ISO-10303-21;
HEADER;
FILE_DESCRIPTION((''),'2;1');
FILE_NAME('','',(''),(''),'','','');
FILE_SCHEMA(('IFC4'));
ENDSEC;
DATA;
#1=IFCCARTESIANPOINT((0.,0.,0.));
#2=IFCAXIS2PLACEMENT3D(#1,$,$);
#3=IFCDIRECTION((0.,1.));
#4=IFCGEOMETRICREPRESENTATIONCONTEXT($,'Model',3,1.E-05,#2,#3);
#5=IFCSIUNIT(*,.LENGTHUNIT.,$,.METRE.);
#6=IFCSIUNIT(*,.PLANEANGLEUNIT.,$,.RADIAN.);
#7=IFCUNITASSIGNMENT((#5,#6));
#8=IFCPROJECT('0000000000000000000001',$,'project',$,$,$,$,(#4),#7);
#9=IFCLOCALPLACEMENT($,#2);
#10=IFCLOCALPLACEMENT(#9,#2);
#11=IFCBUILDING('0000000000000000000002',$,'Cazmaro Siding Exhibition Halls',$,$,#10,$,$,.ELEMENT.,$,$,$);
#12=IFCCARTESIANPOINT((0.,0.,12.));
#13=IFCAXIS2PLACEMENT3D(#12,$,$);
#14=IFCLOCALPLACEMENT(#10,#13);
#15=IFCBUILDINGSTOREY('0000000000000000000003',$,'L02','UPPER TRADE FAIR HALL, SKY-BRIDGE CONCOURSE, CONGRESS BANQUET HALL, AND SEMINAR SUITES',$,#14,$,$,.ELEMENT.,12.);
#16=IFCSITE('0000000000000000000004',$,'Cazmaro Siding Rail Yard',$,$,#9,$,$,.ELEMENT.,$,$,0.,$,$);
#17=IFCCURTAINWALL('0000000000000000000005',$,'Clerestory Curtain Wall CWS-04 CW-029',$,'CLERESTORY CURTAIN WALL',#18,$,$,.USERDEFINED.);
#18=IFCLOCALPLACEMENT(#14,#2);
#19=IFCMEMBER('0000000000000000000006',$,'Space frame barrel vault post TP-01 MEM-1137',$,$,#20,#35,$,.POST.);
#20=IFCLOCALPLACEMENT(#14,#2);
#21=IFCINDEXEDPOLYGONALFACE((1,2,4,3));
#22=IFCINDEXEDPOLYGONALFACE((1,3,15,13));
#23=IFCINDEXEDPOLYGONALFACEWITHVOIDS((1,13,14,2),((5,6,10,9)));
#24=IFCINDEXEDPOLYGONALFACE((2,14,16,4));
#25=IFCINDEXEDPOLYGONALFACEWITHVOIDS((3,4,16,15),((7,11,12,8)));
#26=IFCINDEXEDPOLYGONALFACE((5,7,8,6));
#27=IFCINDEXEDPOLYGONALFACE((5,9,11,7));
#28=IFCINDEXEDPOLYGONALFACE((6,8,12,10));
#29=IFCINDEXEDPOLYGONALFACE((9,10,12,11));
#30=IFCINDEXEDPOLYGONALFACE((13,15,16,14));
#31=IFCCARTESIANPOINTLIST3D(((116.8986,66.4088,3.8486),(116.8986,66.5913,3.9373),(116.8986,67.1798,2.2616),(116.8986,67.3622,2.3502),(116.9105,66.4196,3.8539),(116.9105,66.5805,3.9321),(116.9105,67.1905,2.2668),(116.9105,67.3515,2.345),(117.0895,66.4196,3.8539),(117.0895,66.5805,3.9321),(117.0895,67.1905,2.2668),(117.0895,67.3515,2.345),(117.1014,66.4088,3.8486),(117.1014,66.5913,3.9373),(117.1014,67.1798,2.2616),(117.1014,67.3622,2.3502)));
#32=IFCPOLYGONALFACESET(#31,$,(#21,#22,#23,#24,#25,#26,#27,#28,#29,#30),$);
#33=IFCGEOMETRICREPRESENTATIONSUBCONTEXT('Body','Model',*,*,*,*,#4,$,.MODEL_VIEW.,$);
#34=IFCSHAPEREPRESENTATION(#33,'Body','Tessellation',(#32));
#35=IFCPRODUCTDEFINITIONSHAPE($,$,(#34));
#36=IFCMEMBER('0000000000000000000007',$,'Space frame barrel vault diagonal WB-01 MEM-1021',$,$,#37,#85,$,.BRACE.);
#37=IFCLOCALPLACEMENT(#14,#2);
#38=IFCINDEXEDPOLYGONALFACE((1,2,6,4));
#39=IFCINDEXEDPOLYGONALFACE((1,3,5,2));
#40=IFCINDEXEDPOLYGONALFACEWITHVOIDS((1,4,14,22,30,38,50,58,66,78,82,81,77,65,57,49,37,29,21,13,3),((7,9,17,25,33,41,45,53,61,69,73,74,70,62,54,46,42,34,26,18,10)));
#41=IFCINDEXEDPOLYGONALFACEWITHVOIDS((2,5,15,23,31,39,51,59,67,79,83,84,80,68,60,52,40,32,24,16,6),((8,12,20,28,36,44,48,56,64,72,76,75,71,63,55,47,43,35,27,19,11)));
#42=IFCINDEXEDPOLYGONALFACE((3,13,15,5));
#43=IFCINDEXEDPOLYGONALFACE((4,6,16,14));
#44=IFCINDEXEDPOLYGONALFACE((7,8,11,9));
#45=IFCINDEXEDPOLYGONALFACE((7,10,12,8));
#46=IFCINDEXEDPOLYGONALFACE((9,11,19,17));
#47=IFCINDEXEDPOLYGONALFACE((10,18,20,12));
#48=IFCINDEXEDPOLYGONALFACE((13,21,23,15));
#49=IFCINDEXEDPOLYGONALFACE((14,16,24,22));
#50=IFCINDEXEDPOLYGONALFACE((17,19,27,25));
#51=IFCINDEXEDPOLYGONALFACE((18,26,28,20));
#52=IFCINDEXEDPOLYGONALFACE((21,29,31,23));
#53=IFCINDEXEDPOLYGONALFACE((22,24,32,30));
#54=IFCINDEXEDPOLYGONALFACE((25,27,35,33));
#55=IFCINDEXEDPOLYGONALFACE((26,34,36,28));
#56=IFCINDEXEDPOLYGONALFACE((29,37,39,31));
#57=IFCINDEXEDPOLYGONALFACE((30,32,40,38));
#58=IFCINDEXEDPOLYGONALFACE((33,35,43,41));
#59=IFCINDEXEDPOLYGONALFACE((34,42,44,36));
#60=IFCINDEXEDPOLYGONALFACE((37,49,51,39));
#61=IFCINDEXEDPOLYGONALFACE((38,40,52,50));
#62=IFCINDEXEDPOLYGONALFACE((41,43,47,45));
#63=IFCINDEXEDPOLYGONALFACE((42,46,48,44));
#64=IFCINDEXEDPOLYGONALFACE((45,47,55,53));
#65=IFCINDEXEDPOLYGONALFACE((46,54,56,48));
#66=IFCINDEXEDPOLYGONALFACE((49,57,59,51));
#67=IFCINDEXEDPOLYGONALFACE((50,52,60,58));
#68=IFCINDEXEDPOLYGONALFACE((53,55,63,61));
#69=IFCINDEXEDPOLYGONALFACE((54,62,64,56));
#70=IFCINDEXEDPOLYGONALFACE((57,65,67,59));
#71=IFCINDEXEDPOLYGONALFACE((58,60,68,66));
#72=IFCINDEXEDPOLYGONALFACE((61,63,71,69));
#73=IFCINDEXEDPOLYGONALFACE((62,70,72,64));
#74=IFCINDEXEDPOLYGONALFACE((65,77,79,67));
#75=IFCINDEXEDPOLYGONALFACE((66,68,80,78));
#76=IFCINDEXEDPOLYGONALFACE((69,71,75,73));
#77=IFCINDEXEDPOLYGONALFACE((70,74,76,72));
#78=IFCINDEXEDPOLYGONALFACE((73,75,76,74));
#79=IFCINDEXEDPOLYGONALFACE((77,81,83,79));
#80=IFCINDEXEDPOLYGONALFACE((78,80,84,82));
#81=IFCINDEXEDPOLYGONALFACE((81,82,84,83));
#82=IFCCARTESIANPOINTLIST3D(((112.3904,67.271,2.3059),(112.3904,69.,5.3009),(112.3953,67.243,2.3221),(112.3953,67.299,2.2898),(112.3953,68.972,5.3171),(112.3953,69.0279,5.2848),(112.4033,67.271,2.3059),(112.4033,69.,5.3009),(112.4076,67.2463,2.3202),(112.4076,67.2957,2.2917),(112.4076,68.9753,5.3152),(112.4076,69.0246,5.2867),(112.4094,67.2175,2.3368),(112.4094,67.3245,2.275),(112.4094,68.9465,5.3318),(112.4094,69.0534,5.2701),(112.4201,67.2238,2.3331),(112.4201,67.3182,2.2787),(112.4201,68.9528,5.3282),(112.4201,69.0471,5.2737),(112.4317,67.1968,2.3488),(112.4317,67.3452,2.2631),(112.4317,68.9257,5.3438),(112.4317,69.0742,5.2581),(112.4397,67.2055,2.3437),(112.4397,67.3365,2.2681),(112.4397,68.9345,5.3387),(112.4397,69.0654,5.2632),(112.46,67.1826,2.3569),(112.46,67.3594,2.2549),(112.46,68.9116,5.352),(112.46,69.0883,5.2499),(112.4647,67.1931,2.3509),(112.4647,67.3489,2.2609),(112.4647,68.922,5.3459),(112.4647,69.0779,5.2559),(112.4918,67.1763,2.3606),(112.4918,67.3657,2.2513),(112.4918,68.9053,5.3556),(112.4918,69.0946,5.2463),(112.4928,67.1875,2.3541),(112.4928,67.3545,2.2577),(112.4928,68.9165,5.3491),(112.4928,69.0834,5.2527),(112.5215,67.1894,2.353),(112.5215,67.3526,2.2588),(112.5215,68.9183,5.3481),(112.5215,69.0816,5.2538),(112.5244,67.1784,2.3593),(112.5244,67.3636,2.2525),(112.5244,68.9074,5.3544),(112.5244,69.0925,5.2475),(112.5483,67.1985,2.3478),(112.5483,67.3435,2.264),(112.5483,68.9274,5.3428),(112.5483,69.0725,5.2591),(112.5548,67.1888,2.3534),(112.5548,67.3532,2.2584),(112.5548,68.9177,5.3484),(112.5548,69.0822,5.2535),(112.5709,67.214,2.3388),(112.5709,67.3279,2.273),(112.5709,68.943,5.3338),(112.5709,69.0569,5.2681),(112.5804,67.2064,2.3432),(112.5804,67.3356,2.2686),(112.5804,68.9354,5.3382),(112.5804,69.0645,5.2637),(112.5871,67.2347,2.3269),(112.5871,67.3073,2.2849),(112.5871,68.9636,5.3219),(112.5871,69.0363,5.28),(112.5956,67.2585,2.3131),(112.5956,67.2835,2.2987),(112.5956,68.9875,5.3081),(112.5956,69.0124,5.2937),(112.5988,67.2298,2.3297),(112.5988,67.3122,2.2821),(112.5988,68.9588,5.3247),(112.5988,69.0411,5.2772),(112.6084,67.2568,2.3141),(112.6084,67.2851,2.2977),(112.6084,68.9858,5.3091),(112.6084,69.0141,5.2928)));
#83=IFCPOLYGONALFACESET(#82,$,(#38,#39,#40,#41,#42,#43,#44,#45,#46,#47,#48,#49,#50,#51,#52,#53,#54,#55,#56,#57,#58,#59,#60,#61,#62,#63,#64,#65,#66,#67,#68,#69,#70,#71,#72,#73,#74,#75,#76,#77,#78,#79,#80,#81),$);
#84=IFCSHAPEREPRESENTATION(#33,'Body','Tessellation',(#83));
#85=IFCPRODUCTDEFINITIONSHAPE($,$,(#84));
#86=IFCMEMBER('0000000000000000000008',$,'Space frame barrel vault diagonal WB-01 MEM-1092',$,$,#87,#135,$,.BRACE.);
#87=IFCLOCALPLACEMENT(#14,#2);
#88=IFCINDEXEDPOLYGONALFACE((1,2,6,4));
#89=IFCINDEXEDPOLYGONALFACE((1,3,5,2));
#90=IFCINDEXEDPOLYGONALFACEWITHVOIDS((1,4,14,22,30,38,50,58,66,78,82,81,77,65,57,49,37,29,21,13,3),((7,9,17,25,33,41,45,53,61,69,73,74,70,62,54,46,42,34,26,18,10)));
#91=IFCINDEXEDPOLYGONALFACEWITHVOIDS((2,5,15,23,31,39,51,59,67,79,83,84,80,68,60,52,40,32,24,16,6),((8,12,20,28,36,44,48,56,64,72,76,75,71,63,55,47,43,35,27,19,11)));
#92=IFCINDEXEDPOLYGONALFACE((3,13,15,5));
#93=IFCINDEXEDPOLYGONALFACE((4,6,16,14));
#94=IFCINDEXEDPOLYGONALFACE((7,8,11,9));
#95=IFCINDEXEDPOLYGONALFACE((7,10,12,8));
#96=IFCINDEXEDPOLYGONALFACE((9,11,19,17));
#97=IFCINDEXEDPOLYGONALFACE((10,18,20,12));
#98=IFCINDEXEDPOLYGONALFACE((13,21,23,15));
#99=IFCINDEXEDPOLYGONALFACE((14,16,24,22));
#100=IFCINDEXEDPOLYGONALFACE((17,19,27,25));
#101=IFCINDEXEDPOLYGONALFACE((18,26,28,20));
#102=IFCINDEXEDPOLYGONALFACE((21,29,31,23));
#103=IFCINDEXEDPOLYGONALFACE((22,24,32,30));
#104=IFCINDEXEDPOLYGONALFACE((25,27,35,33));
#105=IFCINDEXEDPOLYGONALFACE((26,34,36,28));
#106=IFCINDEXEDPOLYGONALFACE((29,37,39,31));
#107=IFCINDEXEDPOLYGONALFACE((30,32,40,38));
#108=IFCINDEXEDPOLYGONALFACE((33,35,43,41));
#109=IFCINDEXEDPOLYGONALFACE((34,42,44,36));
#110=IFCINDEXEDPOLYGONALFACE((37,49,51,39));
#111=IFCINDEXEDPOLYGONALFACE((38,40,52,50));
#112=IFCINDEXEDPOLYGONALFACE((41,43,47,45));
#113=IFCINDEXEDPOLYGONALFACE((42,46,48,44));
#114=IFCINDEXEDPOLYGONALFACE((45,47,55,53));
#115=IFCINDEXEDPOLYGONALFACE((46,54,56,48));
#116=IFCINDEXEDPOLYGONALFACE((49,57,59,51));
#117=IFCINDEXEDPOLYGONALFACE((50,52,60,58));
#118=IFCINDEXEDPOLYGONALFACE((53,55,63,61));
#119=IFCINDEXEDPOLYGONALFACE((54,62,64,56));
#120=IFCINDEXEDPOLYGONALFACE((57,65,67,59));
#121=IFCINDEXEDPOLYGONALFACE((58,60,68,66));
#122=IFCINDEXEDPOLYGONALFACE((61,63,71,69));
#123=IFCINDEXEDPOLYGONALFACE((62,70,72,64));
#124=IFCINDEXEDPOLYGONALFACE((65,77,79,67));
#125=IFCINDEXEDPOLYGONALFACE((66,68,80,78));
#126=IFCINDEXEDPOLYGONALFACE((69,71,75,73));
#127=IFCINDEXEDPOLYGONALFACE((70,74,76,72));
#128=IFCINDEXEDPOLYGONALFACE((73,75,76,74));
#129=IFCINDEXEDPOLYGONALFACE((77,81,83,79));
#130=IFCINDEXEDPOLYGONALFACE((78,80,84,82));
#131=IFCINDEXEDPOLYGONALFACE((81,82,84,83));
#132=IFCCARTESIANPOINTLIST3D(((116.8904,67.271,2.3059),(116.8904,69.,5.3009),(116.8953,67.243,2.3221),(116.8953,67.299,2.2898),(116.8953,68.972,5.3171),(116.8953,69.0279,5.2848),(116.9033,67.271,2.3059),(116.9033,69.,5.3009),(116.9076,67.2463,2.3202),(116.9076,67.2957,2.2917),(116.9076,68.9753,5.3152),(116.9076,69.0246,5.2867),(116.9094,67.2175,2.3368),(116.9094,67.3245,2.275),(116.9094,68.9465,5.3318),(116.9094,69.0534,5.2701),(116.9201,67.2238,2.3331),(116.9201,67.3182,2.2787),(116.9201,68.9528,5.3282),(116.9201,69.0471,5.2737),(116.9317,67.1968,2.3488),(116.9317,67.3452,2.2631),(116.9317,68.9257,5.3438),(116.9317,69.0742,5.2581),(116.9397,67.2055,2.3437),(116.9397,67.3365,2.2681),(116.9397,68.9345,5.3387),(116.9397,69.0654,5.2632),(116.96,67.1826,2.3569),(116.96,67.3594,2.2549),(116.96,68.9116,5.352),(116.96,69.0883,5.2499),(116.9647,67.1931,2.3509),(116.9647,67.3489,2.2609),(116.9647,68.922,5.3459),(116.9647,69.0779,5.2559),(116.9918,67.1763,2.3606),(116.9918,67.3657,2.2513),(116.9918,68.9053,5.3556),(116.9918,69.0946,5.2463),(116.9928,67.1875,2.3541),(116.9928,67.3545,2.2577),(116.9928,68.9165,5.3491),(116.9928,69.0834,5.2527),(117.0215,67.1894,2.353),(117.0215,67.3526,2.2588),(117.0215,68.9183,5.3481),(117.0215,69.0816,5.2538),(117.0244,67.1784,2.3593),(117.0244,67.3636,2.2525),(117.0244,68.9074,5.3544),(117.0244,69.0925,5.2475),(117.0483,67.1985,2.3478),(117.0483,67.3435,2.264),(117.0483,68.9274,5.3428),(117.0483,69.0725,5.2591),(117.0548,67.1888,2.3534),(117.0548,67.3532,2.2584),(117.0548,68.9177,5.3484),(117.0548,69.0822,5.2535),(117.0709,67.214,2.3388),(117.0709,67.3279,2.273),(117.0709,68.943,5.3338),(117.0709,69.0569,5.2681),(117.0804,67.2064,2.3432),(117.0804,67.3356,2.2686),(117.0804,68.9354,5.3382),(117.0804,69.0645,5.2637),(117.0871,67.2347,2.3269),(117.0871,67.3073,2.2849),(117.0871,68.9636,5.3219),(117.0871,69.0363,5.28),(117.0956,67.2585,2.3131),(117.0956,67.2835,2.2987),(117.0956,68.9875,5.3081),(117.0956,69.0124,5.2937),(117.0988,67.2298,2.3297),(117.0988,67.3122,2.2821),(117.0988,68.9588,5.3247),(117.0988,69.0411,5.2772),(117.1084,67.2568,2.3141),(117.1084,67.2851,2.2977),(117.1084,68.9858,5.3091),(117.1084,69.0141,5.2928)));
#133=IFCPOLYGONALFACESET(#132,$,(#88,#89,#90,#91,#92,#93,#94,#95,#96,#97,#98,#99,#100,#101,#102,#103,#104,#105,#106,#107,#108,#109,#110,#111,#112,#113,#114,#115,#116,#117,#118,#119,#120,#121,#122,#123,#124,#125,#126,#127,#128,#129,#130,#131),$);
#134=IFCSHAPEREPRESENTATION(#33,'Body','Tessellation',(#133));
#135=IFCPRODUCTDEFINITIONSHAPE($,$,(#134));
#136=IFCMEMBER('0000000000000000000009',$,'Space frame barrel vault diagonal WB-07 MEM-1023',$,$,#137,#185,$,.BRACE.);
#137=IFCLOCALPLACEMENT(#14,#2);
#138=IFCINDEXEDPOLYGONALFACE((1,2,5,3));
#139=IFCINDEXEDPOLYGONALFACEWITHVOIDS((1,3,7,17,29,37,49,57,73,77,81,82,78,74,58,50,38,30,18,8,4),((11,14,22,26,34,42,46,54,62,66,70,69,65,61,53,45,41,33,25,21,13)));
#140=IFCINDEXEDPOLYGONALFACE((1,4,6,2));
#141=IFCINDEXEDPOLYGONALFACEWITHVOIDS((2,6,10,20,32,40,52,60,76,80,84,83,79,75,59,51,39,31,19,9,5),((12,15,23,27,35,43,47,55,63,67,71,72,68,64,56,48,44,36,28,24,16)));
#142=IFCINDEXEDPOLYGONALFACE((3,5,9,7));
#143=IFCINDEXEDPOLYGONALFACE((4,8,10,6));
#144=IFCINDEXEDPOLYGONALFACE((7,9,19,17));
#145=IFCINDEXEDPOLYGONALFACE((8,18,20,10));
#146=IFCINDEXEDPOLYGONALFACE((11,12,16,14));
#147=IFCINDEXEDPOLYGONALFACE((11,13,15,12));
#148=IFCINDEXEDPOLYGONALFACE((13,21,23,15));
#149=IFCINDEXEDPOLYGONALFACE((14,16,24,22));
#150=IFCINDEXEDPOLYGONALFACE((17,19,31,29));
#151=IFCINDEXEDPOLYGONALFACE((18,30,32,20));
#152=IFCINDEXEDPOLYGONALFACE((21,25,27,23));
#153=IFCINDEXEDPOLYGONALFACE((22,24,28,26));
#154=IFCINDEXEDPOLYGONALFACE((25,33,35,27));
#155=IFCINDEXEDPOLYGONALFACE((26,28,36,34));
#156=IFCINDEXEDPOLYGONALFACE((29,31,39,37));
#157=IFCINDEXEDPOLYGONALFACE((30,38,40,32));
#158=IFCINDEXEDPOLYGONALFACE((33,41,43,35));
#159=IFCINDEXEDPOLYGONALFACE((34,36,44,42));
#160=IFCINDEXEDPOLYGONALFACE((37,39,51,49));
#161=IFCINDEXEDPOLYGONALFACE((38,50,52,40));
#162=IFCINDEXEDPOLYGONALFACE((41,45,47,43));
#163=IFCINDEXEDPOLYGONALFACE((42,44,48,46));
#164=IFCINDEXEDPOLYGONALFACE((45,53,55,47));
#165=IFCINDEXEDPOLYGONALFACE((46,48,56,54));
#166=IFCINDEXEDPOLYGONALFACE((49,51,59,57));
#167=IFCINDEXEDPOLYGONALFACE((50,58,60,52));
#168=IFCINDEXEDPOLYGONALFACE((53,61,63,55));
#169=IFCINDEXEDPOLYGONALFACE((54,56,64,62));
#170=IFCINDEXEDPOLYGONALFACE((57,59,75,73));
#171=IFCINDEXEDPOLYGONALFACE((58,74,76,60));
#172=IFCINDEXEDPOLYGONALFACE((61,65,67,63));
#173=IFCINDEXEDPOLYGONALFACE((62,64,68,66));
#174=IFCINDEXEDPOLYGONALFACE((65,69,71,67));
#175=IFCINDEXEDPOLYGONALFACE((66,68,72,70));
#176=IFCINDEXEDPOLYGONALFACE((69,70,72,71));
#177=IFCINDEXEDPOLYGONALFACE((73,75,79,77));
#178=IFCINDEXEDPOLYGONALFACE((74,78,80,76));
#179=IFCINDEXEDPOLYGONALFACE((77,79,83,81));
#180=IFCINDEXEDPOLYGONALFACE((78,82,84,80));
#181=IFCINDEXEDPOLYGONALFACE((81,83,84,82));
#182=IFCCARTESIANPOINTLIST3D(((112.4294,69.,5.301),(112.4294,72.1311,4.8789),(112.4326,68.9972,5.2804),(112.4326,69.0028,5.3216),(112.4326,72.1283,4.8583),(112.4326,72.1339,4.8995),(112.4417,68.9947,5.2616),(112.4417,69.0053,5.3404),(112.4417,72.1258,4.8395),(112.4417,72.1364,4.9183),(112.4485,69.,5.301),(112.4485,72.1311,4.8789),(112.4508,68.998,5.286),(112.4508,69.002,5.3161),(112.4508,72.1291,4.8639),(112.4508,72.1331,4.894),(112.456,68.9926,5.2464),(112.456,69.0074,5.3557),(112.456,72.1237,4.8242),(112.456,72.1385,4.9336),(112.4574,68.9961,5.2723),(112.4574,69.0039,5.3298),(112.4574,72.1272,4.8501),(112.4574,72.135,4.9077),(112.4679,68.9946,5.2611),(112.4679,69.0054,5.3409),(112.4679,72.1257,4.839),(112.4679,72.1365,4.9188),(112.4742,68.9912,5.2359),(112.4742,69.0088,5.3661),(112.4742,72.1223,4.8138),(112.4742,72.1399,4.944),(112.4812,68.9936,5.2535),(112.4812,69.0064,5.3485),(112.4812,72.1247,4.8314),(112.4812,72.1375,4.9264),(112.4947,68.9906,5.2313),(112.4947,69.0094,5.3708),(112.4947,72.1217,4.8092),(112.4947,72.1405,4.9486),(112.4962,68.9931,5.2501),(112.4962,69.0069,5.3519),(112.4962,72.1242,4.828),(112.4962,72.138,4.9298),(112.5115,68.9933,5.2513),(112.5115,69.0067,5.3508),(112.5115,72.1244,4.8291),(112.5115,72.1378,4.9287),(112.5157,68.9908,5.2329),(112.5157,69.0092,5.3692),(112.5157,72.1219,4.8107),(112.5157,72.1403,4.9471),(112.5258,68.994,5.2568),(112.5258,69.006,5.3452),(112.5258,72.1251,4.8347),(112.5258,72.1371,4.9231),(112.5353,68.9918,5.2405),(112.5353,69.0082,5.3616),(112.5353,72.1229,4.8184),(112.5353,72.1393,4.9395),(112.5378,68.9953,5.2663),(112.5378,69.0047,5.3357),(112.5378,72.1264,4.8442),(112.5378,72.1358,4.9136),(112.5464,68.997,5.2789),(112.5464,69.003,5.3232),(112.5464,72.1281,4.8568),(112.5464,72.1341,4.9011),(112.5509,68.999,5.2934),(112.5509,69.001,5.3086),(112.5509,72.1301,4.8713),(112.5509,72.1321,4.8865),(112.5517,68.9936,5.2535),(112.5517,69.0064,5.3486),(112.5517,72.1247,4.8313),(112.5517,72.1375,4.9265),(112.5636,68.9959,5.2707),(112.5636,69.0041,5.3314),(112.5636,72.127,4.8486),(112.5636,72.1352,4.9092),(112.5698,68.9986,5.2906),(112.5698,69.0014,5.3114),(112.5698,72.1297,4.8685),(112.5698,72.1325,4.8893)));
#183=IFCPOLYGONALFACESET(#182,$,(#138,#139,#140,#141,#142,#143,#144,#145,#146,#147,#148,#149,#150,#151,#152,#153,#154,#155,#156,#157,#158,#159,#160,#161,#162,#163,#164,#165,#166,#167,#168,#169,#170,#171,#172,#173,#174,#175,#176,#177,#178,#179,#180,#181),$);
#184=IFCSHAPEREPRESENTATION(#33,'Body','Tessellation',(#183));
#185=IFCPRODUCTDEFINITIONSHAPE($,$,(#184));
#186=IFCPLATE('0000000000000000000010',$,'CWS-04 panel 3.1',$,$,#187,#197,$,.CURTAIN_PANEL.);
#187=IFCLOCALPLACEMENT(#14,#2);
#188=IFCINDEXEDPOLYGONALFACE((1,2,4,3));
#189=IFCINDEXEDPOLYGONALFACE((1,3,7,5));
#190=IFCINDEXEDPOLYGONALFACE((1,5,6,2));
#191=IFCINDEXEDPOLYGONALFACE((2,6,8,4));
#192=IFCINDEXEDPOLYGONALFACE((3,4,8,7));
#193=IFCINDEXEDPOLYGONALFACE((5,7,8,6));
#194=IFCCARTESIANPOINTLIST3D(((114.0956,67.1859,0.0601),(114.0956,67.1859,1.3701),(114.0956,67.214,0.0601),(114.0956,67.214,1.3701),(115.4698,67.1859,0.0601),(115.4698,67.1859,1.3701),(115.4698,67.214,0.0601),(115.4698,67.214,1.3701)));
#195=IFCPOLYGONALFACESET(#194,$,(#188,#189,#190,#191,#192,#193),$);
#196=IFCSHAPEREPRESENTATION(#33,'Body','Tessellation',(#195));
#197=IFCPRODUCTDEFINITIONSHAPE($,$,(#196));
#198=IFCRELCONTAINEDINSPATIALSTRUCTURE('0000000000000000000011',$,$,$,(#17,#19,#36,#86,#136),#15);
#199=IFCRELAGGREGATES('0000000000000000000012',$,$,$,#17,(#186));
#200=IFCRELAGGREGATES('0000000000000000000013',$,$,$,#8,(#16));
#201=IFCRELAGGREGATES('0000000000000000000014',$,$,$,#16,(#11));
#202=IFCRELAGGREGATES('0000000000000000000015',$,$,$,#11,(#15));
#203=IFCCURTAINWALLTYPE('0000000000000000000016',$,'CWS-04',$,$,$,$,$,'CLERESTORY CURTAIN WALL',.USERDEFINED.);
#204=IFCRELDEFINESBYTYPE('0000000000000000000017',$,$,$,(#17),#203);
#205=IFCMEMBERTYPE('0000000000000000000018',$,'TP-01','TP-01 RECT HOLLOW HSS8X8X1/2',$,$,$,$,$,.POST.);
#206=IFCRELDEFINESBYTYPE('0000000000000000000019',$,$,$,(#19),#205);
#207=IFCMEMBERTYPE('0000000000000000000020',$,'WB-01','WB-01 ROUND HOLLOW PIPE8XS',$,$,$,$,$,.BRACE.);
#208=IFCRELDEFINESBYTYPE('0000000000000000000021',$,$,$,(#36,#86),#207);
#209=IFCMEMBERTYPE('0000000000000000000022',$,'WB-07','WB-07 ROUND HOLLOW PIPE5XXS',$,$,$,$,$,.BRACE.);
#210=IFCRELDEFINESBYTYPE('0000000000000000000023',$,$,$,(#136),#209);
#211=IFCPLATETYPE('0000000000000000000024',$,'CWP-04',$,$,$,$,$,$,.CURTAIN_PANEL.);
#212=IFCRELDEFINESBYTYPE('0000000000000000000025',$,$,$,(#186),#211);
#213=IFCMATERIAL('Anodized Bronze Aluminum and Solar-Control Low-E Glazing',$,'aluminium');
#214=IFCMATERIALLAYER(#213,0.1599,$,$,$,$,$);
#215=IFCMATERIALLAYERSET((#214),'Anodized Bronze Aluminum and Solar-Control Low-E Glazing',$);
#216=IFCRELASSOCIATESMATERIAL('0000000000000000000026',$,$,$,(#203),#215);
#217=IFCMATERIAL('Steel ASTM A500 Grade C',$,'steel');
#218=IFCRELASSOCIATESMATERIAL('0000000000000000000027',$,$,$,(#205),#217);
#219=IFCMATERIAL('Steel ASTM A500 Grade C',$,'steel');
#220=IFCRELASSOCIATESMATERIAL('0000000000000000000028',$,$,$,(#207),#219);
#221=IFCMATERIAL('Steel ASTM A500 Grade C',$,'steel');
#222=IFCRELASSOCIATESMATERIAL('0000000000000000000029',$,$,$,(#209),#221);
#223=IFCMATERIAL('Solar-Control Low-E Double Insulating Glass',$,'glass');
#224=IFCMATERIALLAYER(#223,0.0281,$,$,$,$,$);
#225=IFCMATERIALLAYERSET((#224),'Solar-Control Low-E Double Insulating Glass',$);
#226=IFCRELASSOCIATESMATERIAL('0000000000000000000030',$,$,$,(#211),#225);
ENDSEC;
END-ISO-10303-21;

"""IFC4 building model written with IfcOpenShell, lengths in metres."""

from ifc_helpers import new_model, si_unit, direction, frame, origin, origin_2d, place, context, subcontext, project, spatial, rectangle, hollow_rectangle, hollow_circle, extrude, material, layer, layer_set, material_profile, profile_set, type_object, element, aggregate, save


model = new_model("IFC4")

# Units and contexts
model_context = context("Model", 3, precision=1e-05, world=origin(), true_north=direction((0.0, 1.0)))
body_context = subcontext(model_context, "Body", "Model", "MODEL_VIEW")
ifc_project = project(units=[si_unit("LENGTHUNIT", "METRE"), si_unit("PLANEANGLEUNIT", "RADIAN")], contexts=[model_context])

# Site, building, storey
site_placement = place(None, origin())
site = spatial("IfcSite", under=ifc_project, at=site_placement, Name="Cazmaro Siding Rail Yard", CompositionType="ELEMENT", RefElevation=0.0)
building_placement = place(site_placement, origin())
building = spatial("IfcBuilding", under=site, at=building_placement, Name="Cazmaro Siding Exhibition Halls", CompositionType="ELEMENT")
storey_placement = place(building_placement, frame((0.0, 0.0, 12.0)))
storey = spatial("IfcBuildingStorey", under=building, at=storey_placement, Name="L02", Description="UPPER TRADE FAIR HALL, SKY-BRIDGE CONCOURSE, CONGRESS BANQUET HALL, AND SEMINAR SUITES", CompositionType="ELEMENT", Elevation=12.0)

# Curtain wall
ifc_material_1 = material(Name="Anodized Bronze Aluminum and Solar-Control Low-E Glazing", Category="aluminium")
ifc_layer_1 = layer(ifc_material_1, 0.1599)
ifc_layer_set_1 = layer_set([ifc_layer_1], Name="Anodized Bronze Aluminum and Solar-Control Low-E Glazing")
curtain_wall_type = type_object("IfcCurtainWallType", Name="CWS-04", ElementType="CLERESTORY CURTAIN WALL", PredefinedType="USERDEFINED", material=ifc_layer_set_1)
curtain_wall_1_placement = place(storey_placement, origin())
curtain_wall_1 = element("IfcCurtainWall", 1, at=curtain_wall_1_placement, inside=storey, type_object=curtain_wall_type, Name="Clerestory Curtain Wall CWS-04 CW-029", ObjectType="CLERESTORY CURTAIN WALL", PredefinedType="USERDEFINED")

# Members
ifc_material_2 = material(Name="Steel ASTM A500 Grade C", Category="steel")
ifc_material_profile_1 = material_profile(ifc_material_2, hollow_rectangle(XDim=0.2029, YDim=0.2029, WallThickness=0.012, at=origin_2d()), Name="HSS8X8X1/2")
ifc_profile_set_1 = profile_set([ifc_material_profile_1], Name="Steel ASTM A500 Grade C")
member_type_1 = type_object("IfcMemberType", Name="TP-01", Description="TP-01 RECT HOLLOW HSS8X8X1/2", PredefinedType="POST", material=ifc_profile_set_1)
for number, where, z_axis, x_axis, name in (
    (2, (117.0, 67.271, 2.3059), (0.0, -0.436946, 0.899488), (1.0, 0.0, 0.0), "Space frame barrel vault post TP-01 MEM-1137"),
):
    element("IfcMember", number, at=place(storey_placement, frame(where, z_axis=z_axis, x_axis=x_axis)), inside=storey, type_object=member_type_1, Name=name, PredefinedType="POST", context=body_context, shape_type="SweptSolid", body=[
        extrude(hollow_rectangle(XDim=0.2029, YDim=0.2029, WallThickness=0.012, at=origin_2d()), origin(), (0.0, 0.0, 1.0), 1.7644),
    ])
ifc_material_3 = material(Name="Steel ASTM A500 Grade C", Category="steel")
ifc_material_profile_2 = material_profile(ifc_material_3, hollow_circle(Radius=0.1096, WallThickness=0.0129, at=origin_2d()), Name="PIPE8XS")
ifc_profile_set_2 = profile_set([ifc_material_profile_2], Name="Steel ASTM A500 Grade C")
member_type_2 = type_object("IfcMemberType", Name="WB-01", Description="WB-01 ROUND HOLLOW PIPE8XS", PredefinedType="BRACE", material=ifc_profile_set_2)
for number, where, z_axis, x_axis, name in (
    (3, (112.5, 67.271, 2.3059), (0.0, 0.499951, 0.866054), (-1.0, 0.0, 0.0), "Space frame barrel vault diagonal WB-01 MEM-1021"),
    (4, (117.0, 67.271, 2.3059), (0.0, 0.499951, 0.866054), (-1.0, 0.0, 0.0), "Space frame barrel vault diagonal WB-01 MEM-1092"),
):
    element("IfcMember", number, at=place(storey_placement, frame(where, z_axis=z_axis, x_axis=x_axis)), inside=storey, type_object=member_type_2, Name=name, PredefinedType="BRACE", context=body_context, shape_type="SweptSolid", body=[
        extrude(hollow_circle(Radius=0.1096, WallThickness=0.0129, at=origin_2d()), origin(), (0.0, 0.0, 1.0), 3.4583),
    ])
ifc_material_4 = material(Name="Steel ASTM A500 Grade C", Category="steel")
ifc_material_profile_3 = material_profile(ifc_material_4, hollow_circle(Radius=0.0706, WallThickness=0.019, at=origin_2d()), Name="PIPE5XXS")
ifc_profile_set_3 = profile_set([ifc_material_profile_3], Name="Steel ASTM A500 Grade C")
member_type_3 = type_object("IfcMemberType", Name="WB-07", Description="WB-07 ROUND HOLLOW PIPE5XXS", PredefinedType="BRACE", material=ifc_profile_set_3)
member_1_placement = place(storey_placement, frame((112.5, 69.0, 5.301), z_axis=(0.0, 0.991035, -0.133606), x_axis=(-1.0, 0.0, 0.0)))
element("IfcMember", 5, at=member_1_placement, inside=storey, type_object=member_type_3, Name="Space frame barrel vault diagonal WB-07 MEM-1023", PredefinedType="BRACE", context=body_context, shape_type="SweptSolid", body=[
    extrude(hollow_circle(Radius=0.0706, WallThickness=0.019, at=origin_2d()), origin(), (0.0, 0.0, 1.0), 3.1594),
])

# Plate
ifc_material_5 = material(Name="Solar-Control Low-E Double Insulating Glass", Category="glass")
ifc_layer_2 = layer(ifc_material_5, 0.0281)
ifc_layer_set_2 = layer_set([ifc_layer_2], Name="Solar-Control Low-E Double Insulating Glass")
plate_type = type_object("IfcPlateType", Name="CWP-04", PredefinedType="CURTAIN_PANEL", material=ifc_layer_set_2)
plate_1_placement = place(storey_placement, frame((114.7827, 67.2, 0.0601), z_axis=(0.0, 0.0, 1.0), x_axis=(1.0, 0.0, 0.0)))
plate_1 = element("IfcPlate", 6, at=plate_1_placement, type_object=plate_type, Name="CWS-04 panel 3.1", PredefinedType="CURTAIN_PANEL", context=body_context, shape_type="SweptSolid", body=[
    extrude(rectangle(XDim=1.3743, YDim=0.0281, at=origin_2d()), origin(), (0.0, 0.0, 1.0), 1.3101),
])
aggregate(curtain_wall_1, [plate_1])

save(model, "model.ifc")
